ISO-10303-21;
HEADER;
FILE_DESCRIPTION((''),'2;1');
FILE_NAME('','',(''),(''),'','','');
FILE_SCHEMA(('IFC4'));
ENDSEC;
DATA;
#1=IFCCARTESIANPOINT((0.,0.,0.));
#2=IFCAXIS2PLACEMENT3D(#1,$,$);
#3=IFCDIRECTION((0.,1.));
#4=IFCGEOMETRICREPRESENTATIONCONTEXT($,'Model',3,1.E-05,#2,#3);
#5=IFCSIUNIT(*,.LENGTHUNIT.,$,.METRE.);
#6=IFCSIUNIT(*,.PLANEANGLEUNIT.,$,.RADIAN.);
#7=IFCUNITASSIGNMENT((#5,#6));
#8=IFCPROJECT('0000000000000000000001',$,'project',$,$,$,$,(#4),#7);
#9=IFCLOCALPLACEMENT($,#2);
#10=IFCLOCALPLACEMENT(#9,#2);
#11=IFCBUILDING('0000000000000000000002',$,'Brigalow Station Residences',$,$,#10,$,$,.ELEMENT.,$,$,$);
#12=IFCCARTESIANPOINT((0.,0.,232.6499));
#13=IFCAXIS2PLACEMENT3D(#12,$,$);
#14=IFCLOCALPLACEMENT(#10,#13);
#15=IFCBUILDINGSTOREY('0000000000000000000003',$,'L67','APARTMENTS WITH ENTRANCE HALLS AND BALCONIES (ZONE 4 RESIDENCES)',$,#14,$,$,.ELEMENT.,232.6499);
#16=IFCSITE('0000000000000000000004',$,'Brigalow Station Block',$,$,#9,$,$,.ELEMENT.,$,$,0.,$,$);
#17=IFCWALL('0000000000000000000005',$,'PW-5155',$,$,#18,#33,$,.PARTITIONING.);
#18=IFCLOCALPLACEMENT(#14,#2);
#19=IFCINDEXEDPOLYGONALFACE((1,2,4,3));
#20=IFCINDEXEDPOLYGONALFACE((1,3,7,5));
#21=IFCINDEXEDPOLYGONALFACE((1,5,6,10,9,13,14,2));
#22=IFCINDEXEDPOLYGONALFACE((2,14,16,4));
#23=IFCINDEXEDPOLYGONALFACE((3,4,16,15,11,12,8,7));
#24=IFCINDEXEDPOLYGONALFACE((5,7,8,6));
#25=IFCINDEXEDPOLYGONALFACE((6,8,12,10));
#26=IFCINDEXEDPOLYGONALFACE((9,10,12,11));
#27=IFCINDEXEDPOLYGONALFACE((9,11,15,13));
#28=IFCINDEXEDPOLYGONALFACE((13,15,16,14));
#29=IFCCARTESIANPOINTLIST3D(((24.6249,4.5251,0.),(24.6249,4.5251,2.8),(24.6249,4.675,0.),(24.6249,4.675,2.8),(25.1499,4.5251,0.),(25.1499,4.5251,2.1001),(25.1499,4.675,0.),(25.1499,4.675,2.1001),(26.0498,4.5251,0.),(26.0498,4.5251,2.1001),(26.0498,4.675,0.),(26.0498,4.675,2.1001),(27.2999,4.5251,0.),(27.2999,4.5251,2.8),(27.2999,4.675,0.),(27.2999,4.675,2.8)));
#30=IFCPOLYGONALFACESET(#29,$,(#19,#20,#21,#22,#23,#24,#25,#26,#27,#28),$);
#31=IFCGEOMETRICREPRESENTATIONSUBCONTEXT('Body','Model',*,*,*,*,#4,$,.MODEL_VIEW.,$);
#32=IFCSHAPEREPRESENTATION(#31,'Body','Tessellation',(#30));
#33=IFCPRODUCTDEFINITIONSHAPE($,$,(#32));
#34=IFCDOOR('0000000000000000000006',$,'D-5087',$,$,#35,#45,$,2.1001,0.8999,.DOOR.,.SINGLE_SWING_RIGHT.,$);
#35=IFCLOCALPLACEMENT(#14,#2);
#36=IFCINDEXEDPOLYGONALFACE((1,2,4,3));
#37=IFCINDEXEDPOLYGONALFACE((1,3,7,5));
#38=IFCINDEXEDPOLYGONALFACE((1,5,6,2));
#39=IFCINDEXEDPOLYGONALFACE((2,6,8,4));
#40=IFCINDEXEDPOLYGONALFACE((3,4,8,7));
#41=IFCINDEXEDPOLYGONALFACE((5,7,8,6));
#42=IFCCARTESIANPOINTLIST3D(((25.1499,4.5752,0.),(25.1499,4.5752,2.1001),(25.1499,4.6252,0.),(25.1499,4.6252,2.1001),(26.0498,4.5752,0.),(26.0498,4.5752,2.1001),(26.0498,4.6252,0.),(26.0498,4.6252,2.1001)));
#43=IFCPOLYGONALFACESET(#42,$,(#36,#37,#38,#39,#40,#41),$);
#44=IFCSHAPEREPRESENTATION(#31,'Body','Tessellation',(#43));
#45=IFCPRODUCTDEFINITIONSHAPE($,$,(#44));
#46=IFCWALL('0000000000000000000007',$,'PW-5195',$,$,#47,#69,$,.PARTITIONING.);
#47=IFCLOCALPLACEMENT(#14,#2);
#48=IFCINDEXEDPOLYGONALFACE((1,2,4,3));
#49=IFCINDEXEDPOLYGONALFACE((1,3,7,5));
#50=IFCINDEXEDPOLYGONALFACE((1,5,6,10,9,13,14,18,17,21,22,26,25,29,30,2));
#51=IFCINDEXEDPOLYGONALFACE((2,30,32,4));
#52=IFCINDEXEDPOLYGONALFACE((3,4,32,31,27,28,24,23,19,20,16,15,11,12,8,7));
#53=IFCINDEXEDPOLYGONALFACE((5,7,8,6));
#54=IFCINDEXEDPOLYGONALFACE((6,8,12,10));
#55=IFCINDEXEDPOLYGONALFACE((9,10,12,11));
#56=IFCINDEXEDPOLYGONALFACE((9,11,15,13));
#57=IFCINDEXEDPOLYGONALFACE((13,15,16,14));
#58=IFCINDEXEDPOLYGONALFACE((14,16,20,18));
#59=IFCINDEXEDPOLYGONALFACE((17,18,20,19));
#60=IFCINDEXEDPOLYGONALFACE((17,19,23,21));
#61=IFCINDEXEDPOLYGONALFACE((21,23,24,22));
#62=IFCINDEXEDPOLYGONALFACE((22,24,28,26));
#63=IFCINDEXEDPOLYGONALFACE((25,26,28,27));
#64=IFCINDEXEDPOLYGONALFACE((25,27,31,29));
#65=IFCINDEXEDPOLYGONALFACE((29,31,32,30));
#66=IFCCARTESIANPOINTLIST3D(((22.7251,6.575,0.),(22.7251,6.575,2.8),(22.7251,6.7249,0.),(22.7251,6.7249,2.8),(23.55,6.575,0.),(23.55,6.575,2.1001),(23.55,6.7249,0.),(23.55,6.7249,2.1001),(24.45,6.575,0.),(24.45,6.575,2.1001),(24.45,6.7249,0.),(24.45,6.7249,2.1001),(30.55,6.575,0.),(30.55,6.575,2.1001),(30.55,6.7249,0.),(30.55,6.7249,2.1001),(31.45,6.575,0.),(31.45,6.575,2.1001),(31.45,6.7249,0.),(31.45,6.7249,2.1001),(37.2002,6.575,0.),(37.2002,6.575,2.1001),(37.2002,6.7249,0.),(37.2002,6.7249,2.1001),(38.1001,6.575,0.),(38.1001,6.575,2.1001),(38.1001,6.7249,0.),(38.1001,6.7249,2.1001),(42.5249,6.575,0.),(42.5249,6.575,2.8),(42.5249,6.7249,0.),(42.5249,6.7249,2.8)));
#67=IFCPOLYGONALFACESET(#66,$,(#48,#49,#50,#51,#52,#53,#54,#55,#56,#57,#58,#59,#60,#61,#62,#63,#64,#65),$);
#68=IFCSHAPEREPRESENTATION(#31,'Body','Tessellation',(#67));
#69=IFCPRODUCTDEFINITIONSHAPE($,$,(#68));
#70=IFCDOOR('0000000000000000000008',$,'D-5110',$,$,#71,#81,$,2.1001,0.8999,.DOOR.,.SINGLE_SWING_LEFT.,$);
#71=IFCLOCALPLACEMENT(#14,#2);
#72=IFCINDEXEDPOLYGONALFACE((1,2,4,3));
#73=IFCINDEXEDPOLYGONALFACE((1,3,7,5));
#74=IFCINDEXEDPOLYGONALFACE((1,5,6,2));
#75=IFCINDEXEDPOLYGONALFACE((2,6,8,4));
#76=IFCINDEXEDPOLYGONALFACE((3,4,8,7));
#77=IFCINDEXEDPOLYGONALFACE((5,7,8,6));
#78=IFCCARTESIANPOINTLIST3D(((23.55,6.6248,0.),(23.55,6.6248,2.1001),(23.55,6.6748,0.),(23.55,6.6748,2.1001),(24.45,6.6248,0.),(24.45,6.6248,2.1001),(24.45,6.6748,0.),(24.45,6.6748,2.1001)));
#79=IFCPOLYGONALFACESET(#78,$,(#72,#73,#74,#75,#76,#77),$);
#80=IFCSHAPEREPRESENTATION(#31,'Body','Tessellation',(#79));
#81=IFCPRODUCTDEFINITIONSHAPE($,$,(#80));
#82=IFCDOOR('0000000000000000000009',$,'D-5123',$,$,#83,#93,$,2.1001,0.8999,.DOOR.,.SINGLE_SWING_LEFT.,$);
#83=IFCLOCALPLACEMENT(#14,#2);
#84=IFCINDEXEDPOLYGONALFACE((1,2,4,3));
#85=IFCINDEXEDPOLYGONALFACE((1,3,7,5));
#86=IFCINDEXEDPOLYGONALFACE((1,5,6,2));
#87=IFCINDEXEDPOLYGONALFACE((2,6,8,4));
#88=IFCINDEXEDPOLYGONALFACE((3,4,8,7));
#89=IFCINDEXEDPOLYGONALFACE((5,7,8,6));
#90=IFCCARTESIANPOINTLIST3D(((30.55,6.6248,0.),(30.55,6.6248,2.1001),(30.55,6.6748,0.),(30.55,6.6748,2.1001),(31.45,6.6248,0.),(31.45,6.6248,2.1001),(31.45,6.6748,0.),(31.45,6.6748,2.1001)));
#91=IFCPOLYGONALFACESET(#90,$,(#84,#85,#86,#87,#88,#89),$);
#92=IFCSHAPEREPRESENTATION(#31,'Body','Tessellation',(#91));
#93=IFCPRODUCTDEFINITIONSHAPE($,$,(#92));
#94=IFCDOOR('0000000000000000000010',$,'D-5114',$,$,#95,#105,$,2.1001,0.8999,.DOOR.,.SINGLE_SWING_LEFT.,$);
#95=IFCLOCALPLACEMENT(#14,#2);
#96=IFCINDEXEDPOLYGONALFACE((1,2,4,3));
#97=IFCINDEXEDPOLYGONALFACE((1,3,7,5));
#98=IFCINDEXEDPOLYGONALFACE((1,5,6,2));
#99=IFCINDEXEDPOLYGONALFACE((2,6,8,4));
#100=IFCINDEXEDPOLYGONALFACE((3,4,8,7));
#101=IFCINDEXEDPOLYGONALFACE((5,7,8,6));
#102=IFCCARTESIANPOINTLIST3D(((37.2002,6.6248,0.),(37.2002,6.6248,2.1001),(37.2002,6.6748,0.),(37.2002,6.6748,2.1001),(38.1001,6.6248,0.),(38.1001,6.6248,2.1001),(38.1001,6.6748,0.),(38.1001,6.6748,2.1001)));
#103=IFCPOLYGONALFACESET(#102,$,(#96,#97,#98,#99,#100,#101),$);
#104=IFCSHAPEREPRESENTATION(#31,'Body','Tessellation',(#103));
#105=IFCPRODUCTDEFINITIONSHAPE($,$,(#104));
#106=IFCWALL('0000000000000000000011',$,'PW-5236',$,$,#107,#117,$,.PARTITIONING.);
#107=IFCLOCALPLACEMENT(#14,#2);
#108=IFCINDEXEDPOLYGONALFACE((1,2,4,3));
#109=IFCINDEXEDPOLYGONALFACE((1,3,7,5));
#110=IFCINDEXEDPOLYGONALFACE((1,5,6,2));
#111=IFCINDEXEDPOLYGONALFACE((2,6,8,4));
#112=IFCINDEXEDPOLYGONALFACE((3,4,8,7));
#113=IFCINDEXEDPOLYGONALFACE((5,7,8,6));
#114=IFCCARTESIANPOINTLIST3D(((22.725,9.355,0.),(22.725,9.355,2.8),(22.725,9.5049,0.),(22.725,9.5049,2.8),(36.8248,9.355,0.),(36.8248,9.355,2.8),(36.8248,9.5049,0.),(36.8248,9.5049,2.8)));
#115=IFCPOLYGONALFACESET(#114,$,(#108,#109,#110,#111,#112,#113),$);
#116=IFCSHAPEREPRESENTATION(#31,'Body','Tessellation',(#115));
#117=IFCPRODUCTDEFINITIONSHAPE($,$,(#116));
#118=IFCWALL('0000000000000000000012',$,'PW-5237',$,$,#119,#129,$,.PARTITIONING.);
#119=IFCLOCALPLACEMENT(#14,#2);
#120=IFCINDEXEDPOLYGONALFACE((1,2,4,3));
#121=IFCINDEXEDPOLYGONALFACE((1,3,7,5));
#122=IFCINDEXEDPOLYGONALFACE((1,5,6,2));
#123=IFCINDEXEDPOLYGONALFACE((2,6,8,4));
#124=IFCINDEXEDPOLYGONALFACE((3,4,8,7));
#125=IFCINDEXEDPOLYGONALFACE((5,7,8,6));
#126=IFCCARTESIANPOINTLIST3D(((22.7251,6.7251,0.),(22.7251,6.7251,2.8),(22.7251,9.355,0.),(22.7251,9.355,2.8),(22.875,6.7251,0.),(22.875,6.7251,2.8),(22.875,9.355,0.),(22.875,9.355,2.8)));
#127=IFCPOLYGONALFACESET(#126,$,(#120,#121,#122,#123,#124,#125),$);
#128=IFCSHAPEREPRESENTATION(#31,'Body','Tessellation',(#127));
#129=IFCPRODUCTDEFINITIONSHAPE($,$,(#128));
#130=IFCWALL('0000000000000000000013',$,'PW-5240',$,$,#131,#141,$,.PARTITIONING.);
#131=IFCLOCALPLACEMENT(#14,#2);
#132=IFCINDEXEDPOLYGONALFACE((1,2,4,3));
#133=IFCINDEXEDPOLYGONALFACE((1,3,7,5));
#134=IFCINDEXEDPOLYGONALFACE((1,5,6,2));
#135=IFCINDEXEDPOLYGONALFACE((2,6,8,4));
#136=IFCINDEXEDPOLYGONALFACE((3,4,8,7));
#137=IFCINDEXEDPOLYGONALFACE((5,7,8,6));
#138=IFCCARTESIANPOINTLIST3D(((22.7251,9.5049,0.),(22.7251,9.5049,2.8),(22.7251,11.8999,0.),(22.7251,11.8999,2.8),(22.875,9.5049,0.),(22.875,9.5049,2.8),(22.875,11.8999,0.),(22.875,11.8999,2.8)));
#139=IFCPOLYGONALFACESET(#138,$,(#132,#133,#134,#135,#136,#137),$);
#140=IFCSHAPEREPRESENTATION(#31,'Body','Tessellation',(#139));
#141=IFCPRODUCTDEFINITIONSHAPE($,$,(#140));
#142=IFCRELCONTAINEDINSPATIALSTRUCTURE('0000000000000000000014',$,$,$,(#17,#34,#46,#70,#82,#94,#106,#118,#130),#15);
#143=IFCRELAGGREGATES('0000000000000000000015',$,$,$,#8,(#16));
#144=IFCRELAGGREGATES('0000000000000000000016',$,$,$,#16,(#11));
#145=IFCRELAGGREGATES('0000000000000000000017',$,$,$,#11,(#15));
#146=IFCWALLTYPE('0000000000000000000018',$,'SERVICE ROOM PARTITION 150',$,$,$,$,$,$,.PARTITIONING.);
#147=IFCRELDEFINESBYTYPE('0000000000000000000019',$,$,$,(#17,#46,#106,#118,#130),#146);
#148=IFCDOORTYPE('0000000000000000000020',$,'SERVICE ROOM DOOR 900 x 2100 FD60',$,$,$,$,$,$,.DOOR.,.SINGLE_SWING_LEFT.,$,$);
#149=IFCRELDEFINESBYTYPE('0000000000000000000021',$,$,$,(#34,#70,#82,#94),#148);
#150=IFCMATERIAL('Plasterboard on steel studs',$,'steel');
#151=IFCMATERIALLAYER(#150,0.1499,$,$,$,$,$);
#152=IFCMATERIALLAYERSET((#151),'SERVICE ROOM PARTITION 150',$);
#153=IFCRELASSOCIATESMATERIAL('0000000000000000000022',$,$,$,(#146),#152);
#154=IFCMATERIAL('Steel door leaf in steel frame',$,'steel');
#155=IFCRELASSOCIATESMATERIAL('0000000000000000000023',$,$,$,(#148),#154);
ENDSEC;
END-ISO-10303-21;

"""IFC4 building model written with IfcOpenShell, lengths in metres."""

from ifc_helpers import new_model, si_unit, direction, frame, frame_2d, origin, place, context, subcontext, project, spatial, rectangle, extrude, material, layer, layer_set, type_object, element, fill, save


model = new_model("IFC4")

# Units and contexts
model_context = context("Model", 3, precision=1e-05, world=origin(), true_north=direction((0.0, 1.0)))
body_context = subcontext(model_context, "Body", "Model", "MODEL_VIEW")
ifc_project = project(units=[si_unit("LENGTHUNIT", "METRE"), si_unit("PLANEANGLEUNIT", "RADIAN")], contexts=[model_context])

# Site, building, storey
site_placement = place(None, origin())
site = spatial("IfcSite", under=ifc_project, at=site_placement, Name="Brigalow Station Block", CompositionType="ELEMENT", RefElevation=0.0)
building_placement = place(site_placement, origin())
building = spatial("IfcBuilding", under=site, at=building_placement, Name="Brigalow Station Residences", CompositionType="ELEMENT")
storey_placement = place(building_placement, frame((0.0, 0.0, 232.6499)))
storey = spatial("IfcBuildingStorey", under=building, at=storey_placement, Name="L67", Description="APARTMENTS WITH ENTRANCE HALLS AND BALCONIES (ZONE 4 RESIDENCES)", CompositionType="ELEMENT", Elevation=232.6499)

# Wall, opening, door
ifc_material_1 = material(Name="Plasterboard on steel studs", Category="steel")
ifc_layer = layer(ifc_material_1, 0.1499)
ifc_layer_set = layer_set([ifc_layer], Name="SERVICE ROOM PARTITION 150")
wall_type = type_object("IfcWallType", Name="SERVICE ROOM PARTITION 150", PredefinedType="PARTITIONING", material=ifc_layer_set)
wall_1_placement = place(storey_placement, frame((24.625, 4.6001, 0.0), z_axis=(0.0, 0.0, 1.0), x_axis=(1.0, 0.0, 0.0)))
wall_1 = element("IfcWall", 1, at=wall_1_placement, inside=storey, type_object=wall_type, Name="PW-5155", PredefinedType="PARTITIONING", context=body_context, shape_type="SweptSolid", body=[
    extrude(rectangle(XDim=2.675, YDim=0.1499, at=frame_2d((1.3374, 0.0))), origin(), (0.0, 0.0, 1.0), 2.8),
])
opening_1_placement = place(wall_1_placement, frame((0.5249, 0.0, 0.0)))
opening_1 = element("IfcOpeningElement", 2, at=opening_1_placement, cuts=wall_1, PredefinedType="OPENING", context=body_context, shape_type="SweptSolid", body=[
    extrude(rectangle(XDim=0.8999, YDim=2.1001, at=frame_2d((0.45, 1.05))), frame((0.0, 0.085, 0.0), z_axis=(0.0, -1.0, 0.0), x_axis=(1.0, 0.0, 0.0)), (0.0, 0.0, 1.0), 0.1699),
])
ifc_material_2 = material(Name="Steel door leaf in steel frame", Category="steel")
door_type = type_object("IfcDoorType", Name="SERVICE ROOM DOOR 900 x 2100 FD60", OperationType="SINGLE_SWING_LEFT", PredefinedType="DOOR", material=ifc_material_2)
door_1_placement = place(opening_1_placement, frame((0.8999, 0.0, 0.0), z_axis=(0.0, 0.0, 1.0), x_axis=(-1.0, 0.0, 0.0)))
door_1 = element("IfcDoor", 3, at=door_1_placement, inside=storey, type_object=door_type, Name="D-5087", OperationType="SINGLE_SWING_RIGHT", OverallHeight=2.1001, OverallWidth=0.8999, PredefinedType="DOOR", context=body_context, shape_type="SweptSolid", body=[
    extrude(rectangle(XDim=0.8999, YDim=2.1001, at=frame_2d((0.45, 1.05))), frame((0.0, 0.0249, 0.0), z_axis=(0.0, -1.0, 0.0), x_axis=(1.0, 0.0, 0.0)), (0.0, 0.0, 1.0), 0.05),
])
fill(opening_1, door_1)

# Wall, openings, doors
wall_2_placement = place(storey_placement, frame((22.7251, 6.6499, 0.0), z_axis=(0.0, 0.0, 1.0), x_axis=(1.0, 0.0, 0.0)))
wall_2 = element("IfcWall", 4, at=wall_2_placement, inside=storey, type_object=wall_type, Name="PW-5195", PredefinedType="PARTITIONING", context=body_context, shape_type="SweptSolid", body=[
    extrude(rectangle(XDim=19.7998, YDim=0.1499, at=frame_2d((9.8999, 0.0))), origin(), (0.0, 0.0, 1.0), 2.8),
])
opening_2_placement = place(wall_2_placement, frame((0.825, 0.0, 0.0)))
opening_2 = element("IfcOpeningElement", 5, at=opening_2_placement, cuts=wall_2, PredefinedType="OPENING", context=body_context, shape_type="SweptSolid", body=[
    extrude(rectangle(XDim=0.8999, YDim=2.1001, at=frame_2d((0.45, 1.05))), frame((0.0, 0.085, 0.0), z_axis=(0.0, -1.0, 0.0), x_axis=(1.0, 0.0, 0.0)), (0.0, 0.0, 1.0), 0.1699),
])
opening_3_placement = place(wall_2_placement, frame((7.825, 0.0, 0.0)))
opening_3 = element("IfcOpeningElement", 6, at=opening_3_placement, cuts=wall_2, PredefinedType="OPENING", context=body_context, shape_type="SweptSolid", body=[
    extrude(rectangle(XDim=0.8999, YDim=2.1001, at=frame_2d((0.45, 1.05))), frame((0.0, 0.085, 0.0), z_axis=(0.0, -1.0, 0.0), x_axis=(1.0, 0.0, 0.0)), (0.0, 0.0, 1.0), 0.1699),
])
opening_4_placement = place(wall_2_placement, frame((14.4751, 0.0, 0.0)))
opening_4 = element("IfcOpeningElement", 7, at=opening_4_placement, cuts=wall_2, PredefinedType="OPENING", context=body_context, shape_type="SweptSolid", body=[
    extrude(rectangle(XDim=0.8999, YDim=2.1001, at=frame_2d((0.45, 1.05))), frame((0.0, 0.085, 0.0), z_axis=(0.0, -1.0, 0.0), x_axis=(1.0, 0.0, 0.0)), (0.0, 0.0, 1.0), 0.1699),
])
door_2_placement = place(opening_2_placement, origin())
door_2 = element("IfcDoor", 8, at=door_2_placement, inside=storey, type_object=door_type, Name="D-5110", OperationType="SINGLE_SWING_LEFT", OverallHeight=2.1001, OverallWidth=0.8999, PredefinedType="DOOR", context=body_context, shape_type="SweptSolid", body=[
    extrude(rectangle(XDim=0.8999, YDim=2.1001, at=frame_2d((0.45, 1.05))), frame((0.0, 0.0249, 0.0), z_axis=(0.0, -1.0, 0.0), x_axis=(1.0, 0.0, 0.0)), (0.0, 0.0, 1.0), 0.05),
])
fill(opening_2, door_2)
door_3_placement = place(opening_3_placement, origin())
door_3 = element("IfcDoor", 9, at=door_3_placement, inside=storey, type_object=door_type, Name="D-5123", OperationType="SINGLE_SWING_LEFT", OverallHeight=2.1001, OverallWidth=0.8999, PredefinedType="DOOR", context=body_context, shape_type="SweptSolid", body=[
    extrude(rectangle(XDim=0.8999, YDim=2.1001, at=frame_2d((0.45, 1.05))), frame((0.0, 0.0249, 0.0), z_axis=(0.0, -1.0, 0.0), x_axis=(1.0, 0.0, 0.0)), (0.0, 0.0, 1.0), 0.05),
])
fill(opening_3, door_3)
door_4_placement = place(opening_4_placement, origin())
door_4 = element("IfcDoor", 10, at=door_4_placement, inside=storey, type_object=door_type, Name="D-5114", OperationType="SINGLE_SWING_LEFT", OverallHeight=2.1001, OverallWidth=0.8999, PredefinedType="DOOR", context=body_context, shape_type="SweptSolid", body=[
    extrude(rectangle(XDim=0.8999, YDim=2.1001, at=frame_2d((0.45, 1.05))), frame((0.0, 0.0249, 0.0), z_axis=(0.0, -1.0, 0.0), x_axis=(1.0, 0.0, 0.0)), (0.0, 0.0, 1.0), 0.05),
])
fill(opening_4, door_4)

# Walls
wall_3_placement = place(storey_placement, frame((22.7251, 9.4299, 0.0), z_axis=(0.0, 0.0, 1.0), x_axis=(1.0, 0.0, 0.0)))
element("IfcWall", 11, at=wall_3_placement, inside=storey, type_object=wall_type, Name="PW-5236", PredefinedType="PARTITIONING", context=body_context, shape_type="SweptSolid", body=[
    extrude(rectangle(XDim=14.0999, YDim=0.1499, at=frame_2d((7.0498, 0.0))), origin(), (0.0, 0.0, 1.0), 2.8),
])
wall_4_placement = place(storey_placement, frame((22.8, 6.7251, 0.0), z_axis=(0.0, 0.0, 1.0), x_axis=(0.0, 1.0, 0.0)))
element("IfcWall", 12, at=wall_4_placement, inside=storey, type_object=wall_type, Name="PW-5237", PredefinedType="PARTITIONING", context=body_context, shape_type="SweptSolid", body=[
    extrude(rectangle(XDim=2.6299, YDim=0.1499, at=frame_2d((1.3149, 0.0))), origin(), (0.0, 0.0, 1.0), 2.8),
])
wall_5_placement = place(storey_placement, frame((22.8, 9.5049, 0.0), z_axis=(0.0, 0.0, 1.0), x_axis=(0.0, 1.0, 0.0)))
element("IfcWall", 13, at=wall_5_placement, inside=storey, type_object=wall_type, Name="PW-5240", PredefinedType="PARTITIONING", context=body_context, shape_type="SweptSolid", body=[
    extrude(rectangle(XDim=2.395, YDim=0.1499, at=frame_2d((1.1975, 0.0))), origin(), (0.0, 0.0, 1.0), 2.8),
])

save(model, "model.ifc")
